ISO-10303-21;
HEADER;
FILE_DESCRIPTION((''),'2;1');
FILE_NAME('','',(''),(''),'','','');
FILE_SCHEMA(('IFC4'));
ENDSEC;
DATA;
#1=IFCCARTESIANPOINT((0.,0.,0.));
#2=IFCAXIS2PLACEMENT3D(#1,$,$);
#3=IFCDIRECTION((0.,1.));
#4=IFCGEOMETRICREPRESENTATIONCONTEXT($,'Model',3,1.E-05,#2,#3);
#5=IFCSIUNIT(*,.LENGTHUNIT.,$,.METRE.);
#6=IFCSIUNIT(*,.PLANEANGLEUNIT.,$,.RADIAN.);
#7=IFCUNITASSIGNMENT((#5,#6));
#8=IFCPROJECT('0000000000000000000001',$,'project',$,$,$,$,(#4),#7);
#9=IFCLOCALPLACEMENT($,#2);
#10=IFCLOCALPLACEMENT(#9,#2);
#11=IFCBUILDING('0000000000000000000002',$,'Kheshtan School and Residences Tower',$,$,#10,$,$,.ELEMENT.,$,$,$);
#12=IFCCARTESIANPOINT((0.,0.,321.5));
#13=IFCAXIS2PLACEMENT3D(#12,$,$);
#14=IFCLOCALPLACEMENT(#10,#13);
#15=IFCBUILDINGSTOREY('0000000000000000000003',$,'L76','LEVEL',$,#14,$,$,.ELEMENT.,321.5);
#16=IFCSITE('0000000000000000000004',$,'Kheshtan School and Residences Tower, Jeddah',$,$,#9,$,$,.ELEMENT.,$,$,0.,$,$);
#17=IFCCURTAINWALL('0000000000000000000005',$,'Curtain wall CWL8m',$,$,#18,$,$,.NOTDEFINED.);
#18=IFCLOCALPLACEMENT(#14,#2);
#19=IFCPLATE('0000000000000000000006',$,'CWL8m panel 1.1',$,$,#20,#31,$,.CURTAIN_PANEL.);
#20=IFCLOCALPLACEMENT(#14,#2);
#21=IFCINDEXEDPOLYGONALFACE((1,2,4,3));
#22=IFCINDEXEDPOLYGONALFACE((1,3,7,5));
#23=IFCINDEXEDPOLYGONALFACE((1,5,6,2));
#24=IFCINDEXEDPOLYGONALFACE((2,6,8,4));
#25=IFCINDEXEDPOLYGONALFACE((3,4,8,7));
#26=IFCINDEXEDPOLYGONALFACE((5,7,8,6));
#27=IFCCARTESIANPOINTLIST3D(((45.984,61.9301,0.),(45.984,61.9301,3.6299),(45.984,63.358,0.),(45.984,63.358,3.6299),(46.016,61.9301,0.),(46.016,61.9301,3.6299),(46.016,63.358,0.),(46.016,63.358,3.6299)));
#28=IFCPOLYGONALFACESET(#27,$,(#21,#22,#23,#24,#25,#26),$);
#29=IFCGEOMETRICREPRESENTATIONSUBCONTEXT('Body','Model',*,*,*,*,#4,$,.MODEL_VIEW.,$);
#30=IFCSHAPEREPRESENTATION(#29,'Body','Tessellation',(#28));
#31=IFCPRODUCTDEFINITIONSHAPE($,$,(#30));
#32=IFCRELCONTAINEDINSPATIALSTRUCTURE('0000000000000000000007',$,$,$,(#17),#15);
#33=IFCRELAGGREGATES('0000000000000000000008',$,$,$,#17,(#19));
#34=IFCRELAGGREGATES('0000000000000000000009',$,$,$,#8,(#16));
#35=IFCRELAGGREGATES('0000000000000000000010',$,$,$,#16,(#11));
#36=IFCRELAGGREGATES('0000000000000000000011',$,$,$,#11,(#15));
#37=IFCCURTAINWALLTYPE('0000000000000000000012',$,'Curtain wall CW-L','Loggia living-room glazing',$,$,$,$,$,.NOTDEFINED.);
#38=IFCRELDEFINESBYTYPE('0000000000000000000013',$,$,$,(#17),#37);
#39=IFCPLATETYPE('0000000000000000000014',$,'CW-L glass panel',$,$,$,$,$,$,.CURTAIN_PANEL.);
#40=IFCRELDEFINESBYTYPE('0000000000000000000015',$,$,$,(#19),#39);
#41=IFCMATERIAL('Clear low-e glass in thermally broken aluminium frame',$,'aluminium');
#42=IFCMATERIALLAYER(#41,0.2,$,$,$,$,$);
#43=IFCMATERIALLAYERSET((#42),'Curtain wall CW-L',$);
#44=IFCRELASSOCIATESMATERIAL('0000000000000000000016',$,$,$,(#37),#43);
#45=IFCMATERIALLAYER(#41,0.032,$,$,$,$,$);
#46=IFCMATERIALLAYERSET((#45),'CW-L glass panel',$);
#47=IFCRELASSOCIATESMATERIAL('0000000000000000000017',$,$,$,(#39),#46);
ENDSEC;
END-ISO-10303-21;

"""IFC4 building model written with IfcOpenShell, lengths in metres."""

from ifc_helpers import new_model, si_unit, direction, frame, origin, origin_2d, place, context, subcontext, project, spatial, rectangle, extrude, material, layer, layer_set, type_object, element, aggregate, save


model = new_model("IFC4")

# Units and contexts
model_context = context("Model", 3, precision=1e-05, world=origin(), true_north=direction((0.0, 1.0)))
body_context = subcontext(model_context, "Body", "Model", "MODEL_VIEW")
ifc_project = project(units=[si_unit("LENGTHUNIT", "METRE"), si_unit("PLANEANGLEUNIT", "RADIAN")], contexts=[model_context])

# Site, building, storey
site_placement = place(None, origin())
site = spatial("IfcSite", under=ifc_project, at=site_placement, Name="Kheshtan School and Residences Tower, Jeddah", CompositionType="ELEMENT", RefElevation=0.0)
building_placement = place(site_placement, origin())
building = spatial("IfcBuilding", under=site, at=building_placement, Name="Kheshtan School and Residences Tower", CompositionType="ELEMENT")
storey_placement = place(building_placement, frame((0.0, 0.0, 321.5)))
storey = spatial("IfcBuildingStorey", under=building, at=storey_placement, Name="L76", Description="LEVEL", CompositionType="ELEMENT", Elevation=321.5)

# Shared definitions
ifc_material_1 = material(Name="Clear low-e glass in thermally broken aluminium frame", Category="aluminium")
ifc_layer_1 = layer(ifc_material_1, 0.2)
ifc_layer_set_1 = layer_set([ifc_layer_1], Name="Curtain wall CW-L")
curtain_wall_type = type_object("IfcCurtainWallType", Name="Curtain wall CW-L", Description="Loggia living-room glazing", PredefinedType="NOTDEFINED", material=ifc_layer_set_1)

# Curtain wall
curtain_wall_1_placement = place(storey_placement, origin())
curtain_wall_1 = element("IfcCurtainWall", 1, at=curtain_wall_1_placement, inside=storey, type_object=curtain_wall_type, Name="Curtain wall CWL8m", PredefinedType="NOTDEFINED")

# Plate
ifc_layer_2 = layer(ifc_material_1, 0.032)
ifc_layer_set_2 = layer_set([ifc_layer_2], Name="CW-L glass panel")
plate_type = type_object("IfcPlateType", Name="CW-L glass panel", PredefinedType="CURTAIN_PANEL", material=ifc_layer_set_2)
plate_1_placement = place(storey_placement, frame((46.0, 62.644, 0.0), z_axis=(0.0, 0.0, 1.0), x_axis=(0.0, -1.0, 0.0)))
plate_1 = element("IfcPlate", 2, at=plate_1_placement, type_object=plate_type, Name="CWL8m panel 1.1", PredefinedType="CURTAIN_PANEL", context=body_context, shape_type="SweptSolid", body=[
    extrude(rectangle(XDim=1.428, YDim=0.032, at=origin_2d()), origin(), (0.0, 0.0, 1.0), 3.6299),
])
aggregate(curtain_wall_1, [plate_1])

save(model, "model.ifc")
